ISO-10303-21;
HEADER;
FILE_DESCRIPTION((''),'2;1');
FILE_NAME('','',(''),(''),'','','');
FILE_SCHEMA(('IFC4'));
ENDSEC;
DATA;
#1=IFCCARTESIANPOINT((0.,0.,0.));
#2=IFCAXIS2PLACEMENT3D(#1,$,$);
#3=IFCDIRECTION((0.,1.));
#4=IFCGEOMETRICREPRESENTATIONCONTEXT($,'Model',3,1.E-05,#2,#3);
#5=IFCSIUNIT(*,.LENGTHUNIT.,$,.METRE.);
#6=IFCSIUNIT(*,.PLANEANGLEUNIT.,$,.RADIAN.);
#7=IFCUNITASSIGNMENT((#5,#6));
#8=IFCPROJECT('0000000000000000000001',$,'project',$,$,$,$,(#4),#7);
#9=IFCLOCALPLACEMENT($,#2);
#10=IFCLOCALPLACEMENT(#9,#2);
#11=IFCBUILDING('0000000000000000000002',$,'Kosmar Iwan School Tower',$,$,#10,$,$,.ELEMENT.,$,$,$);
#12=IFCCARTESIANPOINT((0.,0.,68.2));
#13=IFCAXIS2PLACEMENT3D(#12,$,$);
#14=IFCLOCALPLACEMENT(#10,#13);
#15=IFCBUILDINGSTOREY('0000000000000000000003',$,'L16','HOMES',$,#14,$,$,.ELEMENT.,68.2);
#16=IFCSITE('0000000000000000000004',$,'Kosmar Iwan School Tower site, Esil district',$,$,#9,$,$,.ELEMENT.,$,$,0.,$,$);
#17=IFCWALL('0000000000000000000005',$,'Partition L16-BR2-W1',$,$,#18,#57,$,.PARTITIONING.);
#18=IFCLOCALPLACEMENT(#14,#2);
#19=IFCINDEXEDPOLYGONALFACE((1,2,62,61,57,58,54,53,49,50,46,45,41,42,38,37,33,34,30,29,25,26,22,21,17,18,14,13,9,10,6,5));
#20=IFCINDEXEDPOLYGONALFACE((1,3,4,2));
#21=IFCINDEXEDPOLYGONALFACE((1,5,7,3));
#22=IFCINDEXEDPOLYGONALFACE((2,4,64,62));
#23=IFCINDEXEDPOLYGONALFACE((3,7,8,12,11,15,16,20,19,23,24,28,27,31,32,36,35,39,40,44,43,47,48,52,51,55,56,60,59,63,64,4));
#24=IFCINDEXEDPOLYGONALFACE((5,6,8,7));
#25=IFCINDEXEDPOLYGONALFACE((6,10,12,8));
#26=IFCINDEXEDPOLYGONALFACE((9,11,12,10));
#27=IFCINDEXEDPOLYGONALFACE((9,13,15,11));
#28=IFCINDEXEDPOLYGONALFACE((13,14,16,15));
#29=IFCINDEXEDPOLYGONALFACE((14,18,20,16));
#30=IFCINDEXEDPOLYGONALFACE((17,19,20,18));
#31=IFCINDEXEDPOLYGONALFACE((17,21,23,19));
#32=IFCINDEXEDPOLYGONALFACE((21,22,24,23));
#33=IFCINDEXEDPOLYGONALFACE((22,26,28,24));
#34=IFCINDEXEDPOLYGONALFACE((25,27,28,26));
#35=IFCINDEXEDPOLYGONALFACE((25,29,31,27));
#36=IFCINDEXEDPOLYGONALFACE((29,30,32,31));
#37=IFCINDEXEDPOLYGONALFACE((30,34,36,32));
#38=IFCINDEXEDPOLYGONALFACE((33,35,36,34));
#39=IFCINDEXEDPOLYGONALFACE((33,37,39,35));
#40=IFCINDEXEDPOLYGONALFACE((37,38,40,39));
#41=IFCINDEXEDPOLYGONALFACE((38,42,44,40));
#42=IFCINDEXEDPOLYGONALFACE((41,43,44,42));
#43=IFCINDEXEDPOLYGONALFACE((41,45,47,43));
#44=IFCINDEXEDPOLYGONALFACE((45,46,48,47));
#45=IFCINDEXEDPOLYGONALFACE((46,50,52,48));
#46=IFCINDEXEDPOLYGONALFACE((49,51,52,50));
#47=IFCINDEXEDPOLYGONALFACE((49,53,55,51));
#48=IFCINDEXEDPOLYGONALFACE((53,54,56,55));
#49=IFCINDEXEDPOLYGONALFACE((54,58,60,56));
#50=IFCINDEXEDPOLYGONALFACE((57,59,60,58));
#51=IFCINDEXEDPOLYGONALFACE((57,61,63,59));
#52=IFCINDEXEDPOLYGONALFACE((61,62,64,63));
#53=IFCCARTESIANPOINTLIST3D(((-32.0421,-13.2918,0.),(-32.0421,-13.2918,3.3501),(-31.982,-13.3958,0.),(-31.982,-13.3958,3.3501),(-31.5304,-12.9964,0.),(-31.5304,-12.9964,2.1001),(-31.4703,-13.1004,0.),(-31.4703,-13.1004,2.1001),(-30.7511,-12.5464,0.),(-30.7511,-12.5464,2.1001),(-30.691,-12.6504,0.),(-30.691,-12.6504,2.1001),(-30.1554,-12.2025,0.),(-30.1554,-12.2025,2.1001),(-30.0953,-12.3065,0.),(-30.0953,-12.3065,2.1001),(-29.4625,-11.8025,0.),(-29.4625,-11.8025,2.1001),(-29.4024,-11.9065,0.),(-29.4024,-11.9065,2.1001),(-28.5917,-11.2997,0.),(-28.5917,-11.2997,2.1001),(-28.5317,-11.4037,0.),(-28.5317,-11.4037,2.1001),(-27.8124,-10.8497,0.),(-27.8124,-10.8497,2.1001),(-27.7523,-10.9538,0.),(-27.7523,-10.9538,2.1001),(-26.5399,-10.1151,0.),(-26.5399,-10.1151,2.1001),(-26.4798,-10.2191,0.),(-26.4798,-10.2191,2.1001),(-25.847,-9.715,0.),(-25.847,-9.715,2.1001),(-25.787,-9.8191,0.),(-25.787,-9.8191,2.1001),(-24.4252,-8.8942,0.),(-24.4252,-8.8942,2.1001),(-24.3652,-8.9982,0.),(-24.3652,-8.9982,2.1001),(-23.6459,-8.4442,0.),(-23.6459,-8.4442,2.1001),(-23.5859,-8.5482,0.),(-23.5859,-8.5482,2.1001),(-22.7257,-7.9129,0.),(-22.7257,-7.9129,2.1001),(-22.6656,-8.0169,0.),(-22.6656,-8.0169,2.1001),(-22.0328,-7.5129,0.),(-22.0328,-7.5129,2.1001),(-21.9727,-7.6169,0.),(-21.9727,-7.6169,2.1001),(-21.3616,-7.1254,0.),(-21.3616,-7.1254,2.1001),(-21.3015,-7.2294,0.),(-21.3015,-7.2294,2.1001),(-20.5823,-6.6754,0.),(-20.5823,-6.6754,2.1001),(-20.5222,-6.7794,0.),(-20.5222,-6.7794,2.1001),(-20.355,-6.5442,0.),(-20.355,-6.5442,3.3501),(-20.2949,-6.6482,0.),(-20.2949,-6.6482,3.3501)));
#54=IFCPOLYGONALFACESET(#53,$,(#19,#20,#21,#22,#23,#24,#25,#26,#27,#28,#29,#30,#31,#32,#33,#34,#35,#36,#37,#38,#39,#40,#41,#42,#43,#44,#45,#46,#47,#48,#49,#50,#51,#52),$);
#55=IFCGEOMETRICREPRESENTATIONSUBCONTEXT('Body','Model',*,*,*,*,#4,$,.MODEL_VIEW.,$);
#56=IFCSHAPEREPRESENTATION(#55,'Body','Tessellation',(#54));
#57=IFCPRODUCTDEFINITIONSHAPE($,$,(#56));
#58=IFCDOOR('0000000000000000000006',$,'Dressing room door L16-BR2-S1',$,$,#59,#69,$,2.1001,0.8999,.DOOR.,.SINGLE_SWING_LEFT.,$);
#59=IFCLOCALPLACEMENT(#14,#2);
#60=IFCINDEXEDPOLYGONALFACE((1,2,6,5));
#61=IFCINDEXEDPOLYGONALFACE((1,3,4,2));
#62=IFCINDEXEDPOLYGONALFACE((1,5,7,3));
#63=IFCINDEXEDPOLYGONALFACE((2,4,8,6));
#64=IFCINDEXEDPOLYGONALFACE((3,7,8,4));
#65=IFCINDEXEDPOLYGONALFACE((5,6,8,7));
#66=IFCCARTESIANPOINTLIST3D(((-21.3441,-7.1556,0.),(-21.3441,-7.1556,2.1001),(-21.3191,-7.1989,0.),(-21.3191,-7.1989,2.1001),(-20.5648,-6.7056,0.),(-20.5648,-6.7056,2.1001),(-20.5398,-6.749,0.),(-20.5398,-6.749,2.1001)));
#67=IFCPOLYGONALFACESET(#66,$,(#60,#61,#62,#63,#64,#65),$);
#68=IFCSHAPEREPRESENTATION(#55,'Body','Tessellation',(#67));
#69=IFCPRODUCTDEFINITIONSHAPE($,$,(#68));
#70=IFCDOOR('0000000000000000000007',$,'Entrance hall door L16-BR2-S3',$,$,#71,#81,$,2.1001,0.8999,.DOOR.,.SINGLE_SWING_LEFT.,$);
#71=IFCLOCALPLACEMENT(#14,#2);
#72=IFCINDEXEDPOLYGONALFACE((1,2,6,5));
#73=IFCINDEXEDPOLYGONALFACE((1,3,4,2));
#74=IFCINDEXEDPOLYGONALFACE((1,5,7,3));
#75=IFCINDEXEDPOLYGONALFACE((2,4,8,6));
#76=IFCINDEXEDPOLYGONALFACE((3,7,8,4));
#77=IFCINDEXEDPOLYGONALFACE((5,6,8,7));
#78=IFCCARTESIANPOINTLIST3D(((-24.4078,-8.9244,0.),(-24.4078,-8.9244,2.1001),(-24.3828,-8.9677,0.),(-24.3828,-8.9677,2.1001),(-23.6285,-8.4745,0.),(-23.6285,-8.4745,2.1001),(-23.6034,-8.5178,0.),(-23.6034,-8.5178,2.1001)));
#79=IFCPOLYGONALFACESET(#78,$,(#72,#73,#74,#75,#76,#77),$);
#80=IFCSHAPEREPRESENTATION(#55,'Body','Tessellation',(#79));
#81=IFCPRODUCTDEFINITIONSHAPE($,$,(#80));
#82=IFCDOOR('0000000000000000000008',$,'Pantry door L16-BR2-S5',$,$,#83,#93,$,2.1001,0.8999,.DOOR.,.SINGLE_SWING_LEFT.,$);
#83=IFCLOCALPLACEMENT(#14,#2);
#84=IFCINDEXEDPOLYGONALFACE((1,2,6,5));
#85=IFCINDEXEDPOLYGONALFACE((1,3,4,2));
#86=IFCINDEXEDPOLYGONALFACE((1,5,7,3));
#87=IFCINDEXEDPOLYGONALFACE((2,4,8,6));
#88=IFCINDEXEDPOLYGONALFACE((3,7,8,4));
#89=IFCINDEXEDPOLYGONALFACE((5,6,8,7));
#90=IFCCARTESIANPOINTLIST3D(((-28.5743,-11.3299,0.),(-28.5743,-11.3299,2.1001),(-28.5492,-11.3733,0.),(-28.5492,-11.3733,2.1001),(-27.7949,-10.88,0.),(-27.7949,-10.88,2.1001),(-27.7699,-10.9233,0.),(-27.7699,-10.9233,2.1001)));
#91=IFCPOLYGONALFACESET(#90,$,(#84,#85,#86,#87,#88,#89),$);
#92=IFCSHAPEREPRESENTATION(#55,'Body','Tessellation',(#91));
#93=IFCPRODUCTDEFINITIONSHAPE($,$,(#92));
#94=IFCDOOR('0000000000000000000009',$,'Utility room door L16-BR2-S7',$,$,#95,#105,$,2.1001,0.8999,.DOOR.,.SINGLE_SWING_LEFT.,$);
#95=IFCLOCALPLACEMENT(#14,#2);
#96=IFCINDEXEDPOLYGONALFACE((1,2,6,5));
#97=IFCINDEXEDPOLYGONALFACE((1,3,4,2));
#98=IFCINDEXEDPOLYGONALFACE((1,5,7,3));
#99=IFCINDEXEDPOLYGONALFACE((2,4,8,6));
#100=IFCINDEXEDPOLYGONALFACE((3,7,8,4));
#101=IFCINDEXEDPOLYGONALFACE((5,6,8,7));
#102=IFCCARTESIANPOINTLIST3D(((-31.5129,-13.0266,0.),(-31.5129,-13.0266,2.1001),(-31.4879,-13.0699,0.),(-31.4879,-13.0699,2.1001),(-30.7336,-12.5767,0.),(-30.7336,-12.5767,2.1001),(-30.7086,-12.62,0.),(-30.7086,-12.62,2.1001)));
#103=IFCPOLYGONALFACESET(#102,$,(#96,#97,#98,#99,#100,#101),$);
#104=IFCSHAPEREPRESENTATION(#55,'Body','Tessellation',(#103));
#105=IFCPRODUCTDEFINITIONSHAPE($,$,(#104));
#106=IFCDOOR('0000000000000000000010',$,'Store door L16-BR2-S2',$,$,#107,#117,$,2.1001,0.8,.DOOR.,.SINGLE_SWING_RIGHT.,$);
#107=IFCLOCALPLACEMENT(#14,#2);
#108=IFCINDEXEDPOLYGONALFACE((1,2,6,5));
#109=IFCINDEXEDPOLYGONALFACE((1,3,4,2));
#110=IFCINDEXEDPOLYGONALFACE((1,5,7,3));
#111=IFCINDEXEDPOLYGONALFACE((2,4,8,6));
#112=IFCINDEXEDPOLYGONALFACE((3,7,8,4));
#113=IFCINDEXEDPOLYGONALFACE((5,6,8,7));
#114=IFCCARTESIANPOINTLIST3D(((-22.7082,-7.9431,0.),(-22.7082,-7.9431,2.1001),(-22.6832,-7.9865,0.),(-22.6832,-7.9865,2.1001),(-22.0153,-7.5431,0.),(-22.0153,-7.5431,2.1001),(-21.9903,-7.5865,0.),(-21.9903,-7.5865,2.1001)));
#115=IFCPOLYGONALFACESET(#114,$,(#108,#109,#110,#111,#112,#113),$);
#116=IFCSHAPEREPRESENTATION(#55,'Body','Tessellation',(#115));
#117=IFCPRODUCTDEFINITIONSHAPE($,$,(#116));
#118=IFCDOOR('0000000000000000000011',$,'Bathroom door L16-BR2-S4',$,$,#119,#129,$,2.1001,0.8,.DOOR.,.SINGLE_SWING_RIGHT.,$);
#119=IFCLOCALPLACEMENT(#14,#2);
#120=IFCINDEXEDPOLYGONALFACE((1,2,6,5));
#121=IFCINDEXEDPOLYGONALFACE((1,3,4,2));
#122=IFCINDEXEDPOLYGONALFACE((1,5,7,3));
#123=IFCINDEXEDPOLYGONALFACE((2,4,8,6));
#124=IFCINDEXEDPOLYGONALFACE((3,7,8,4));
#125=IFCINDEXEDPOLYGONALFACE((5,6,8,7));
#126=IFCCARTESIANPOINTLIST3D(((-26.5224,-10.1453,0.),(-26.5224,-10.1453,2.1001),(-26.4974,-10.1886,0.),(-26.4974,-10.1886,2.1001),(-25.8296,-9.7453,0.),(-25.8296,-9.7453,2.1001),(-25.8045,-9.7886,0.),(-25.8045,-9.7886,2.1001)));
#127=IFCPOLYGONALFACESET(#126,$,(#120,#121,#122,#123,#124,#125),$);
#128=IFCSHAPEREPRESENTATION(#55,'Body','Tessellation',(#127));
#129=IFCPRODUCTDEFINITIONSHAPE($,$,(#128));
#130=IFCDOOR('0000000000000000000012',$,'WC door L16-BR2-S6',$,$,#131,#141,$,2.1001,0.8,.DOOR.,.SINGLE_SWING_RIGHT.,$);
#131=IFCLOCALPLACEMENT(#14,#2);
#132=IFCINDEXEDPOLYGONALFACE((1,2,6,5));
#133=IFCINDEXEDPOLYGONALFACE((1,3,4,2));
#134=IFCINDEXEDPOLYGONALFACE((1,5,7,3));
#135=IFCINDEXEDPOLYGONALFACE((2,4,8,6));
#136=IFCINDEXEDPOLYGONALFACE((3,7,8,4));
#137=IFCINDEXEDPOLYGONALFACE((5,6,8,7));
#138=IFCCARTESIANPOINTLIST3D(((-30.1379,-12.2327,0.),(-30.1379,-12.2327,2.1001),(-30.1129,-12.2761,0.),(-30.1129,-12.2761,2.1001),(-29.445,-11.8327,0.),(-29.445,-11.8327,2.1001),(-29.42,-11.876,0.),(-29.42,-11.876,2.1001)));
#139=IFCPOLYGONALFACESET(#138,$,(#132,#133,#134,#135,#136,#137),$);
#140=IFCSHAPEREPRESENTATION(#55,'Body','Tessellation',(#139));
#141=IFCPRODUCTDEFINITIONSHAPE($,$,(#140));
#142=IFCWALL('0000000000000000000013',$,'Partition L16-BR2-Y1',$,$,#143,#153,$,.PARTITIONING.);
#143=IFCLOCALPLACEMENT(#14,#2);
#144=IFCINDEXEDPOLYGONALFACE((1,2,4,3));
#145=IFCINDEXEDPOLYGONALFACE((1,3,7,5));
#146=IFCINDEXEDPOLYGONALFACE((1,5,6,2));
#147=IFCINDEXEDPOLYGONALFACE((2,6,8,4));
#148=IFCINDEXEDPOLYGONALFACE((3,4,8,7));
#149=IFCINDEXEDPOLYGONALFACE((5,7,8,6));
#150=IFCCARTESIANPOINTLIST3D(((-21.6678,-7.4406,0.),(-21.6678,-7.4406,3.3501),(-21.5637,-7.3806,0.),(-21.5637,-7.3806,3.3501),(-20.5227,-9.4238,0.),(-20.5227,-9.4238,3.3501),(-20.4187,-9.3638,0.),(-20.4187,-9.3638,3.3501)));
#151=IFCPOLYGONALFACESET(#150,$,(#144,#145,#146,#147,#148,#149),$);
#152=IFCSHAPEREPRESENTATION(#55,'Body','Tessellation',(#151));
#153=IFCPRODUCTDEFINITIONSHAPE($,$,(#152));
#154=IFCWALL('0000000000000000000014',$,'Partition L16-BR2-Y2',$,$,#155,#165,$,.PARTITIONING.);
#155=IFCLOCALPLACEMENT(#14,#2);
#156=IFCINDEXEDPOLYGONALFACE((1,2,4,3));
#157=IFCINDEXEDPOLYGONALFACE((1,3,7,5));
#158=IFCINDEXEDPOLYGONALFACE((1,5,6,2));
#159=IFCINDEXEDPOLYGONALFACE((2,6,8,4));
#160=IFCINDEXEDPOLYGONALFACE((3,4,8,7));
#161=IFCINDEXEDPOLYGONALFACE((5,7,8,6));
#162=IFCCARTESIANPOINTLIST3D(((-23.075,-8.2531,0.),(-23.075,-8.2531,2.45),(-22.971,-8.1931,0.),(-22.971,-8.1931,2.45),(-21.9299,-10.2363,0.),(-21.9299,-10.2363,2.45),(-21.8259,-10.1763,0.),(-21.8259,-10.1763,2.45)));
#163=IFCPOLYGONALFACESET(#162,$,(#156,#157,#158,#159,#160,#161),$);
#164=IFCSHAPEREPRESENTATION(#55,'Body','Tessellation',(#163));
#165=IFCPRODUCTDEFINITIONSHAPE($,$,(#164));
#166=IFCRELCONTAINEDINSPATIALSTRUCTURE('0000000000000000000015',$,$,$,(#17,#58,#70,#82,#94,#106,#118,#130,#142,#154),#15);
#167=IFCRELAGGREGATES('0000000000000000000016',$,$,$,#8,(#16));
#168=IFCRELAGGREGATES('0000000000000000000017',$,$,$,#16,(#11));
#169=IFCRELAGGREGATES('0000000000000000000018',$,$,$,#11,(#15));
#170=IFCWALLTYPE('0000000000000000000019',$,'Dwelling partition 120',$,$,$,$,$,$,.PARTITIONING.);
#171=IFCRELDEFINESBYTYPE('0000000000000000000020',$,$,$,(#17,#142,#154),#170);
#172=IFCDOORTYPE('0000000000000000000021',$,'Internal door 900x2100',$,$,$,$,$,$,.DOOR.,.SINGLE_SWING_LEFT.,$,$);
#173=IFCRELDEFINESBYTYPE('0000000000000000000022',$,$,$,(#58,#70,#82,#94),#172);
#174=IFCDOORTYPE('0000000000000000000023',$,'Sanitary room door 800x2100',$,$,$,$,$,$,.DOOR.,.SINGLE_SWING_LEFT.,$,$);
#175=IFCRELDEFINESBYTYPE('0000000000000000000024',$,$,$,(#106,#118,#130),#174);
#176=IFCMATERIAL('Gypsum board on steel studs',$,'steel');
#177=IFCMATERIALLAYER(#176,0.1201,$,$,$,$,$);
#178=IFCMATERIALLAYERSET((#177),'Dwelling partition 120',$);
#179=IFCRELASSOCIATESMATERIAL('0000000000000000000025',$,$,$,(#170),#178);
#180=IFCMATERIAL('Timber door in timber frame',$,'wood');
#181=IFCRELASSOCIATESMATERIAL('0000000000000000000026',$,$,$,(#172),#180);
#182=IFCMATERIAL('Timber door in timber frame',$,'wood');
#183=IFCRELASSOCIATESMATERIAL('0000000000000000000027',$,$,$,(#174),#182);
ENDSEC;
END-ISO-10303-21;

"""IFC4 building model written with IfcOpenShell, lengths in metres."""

from ifc_helpers import new_model, si_unit, direction, frame, frame_2d, origin, place, context, subcontext, project, spatial, rectangle, extrude, material, layer, layer_set, type_object, element, fill, save


model = new_model("IFC4")

# Units and contexts
model_context = context("Model", 3, precision=1e-05, world=origin(), true_north=direction((0.0, 1.0)))
body_context = subcontext(model_context, "Body", "Model", "MODEL_VIEW")
ifc_project = project(units=[si_unit("LENGTHUNIT", "METRE"), si_unit("PLANEANGLEUNIT", "RADIAN")], contexts=[model_context])

# Site, building, storey
site_placement = place(None, origin())
site = spatial("IfcSite", under=ifc_project, at=site_placement, Name="Kosmar Iwan School Tower site, Esil district", CompositionType="ELEMENT", RefElevation=0.0)
building_placement = place(site_placement, origin())
building = spatial("IfcBuilding", under=site, at=building_placement, Name="Kosmar Iwan School Tower", CompositionType="ELEMENT")
storey_placement = place(building_placement, frame((0.0, 0.0, 68.2)))
storey = spatial("IfcBuildingStorey", under=building, at=storey_placement, Name="L16", Description="HOMES", CompositionType="ELEMENT", Elevation=68.2)

# Shared definitions
ifc_material_1 = material(Name="Gypsum board on steel studs", Category="steel")
ifc_layer_1 = layer(ifc_material_1, 0.1201)
ifc_layer_set_1 = layer_set([ifc_layer_1], Name="Dwelling partition 120")
wall_type_1 = type_object("IfcWallType", Name="Dwelling partition 120", PredefinedType="PARTITIONING", material=ifc_layer_set_1)

# Wall, openings, doors
wall_1_placement = place(storey_placement, frame((-20.325, -6.5962, 0.0), z_axis=(0.0, 0.0, 1.0), x_axis=(-0.866024, -0.500003, 0.0)))
wall_1 = element("IfcWall", 1, at=wall_1_placement, inside=storey, type_object=wall_type_1, Name="Partition L16-BR2-W1", PredefinedType="PARTITIONING", context=body_context, shape_type="SweptSolid", body=[
    extrude(rectangle(XDim=13.4951, YDim=0.1201, at=frame_2d((6.7476, 0.0))), origin(), (0.0, 0.0, 1.0), 3.3501),
])
opening_1_placement = place(wall_1_placement, frame((0.2625, 0.0, 0.0)))
opening_1 = element("IfcOpeningElement", 2, at=opening_1_placement, cuts=wall_1, PredefinedType="OPENING", context=body_context, shape_type="SweptSolid", body=[
    extrude(rectangle(XDim=0.8999, YDim=2.1001, at=frame_2d((0.45, 1.05))), frame((0.0, 0.072, 0.0), z_axis=(0.0, -1.0, 0.0), x_axis=(1.0, 0.0, 0.0)), (0.0, 0.0, 1.0), 0.144),
])
opening_2_placement = place(wall_1_placement, frame((1.9375, 0.0, 0.0)))
opening_2 = element("IfcOpeningElement", 3, at=opening_2_placement, cuts=wall_1, PredefinedType="OPENING", context=body_context, shape_type="SweptSolid", body=[
    extrude(rectangle(XDim=0.8, YDim=2.1001, at=frame_2d((0.3999, 1.05))), frame((0.0, 0.072, 0.0), z_axis=(0.0, -1.0, 0.0), x_axis=(1.0, 0.0, 0.0)), (0.0, 0.0, 1.0), 0.144),
])
opening_3_placement = place(wall_1_placement, frame((3.8, 0.0, 0.0)))
opening_3 = element("IfcOpeningElement", 4, at=opening_3_placement, cuts=wall_1, PredefinedType="OPENING", context=body_context, shape_type="SweptSolid", body=[
    extrude(rectangle(XDim=0.8999, YDim=2.1001, at=frame_2d((0.45, 1.05))), frame((0.0, 0.072, 0.0), z_axis=(0.0, -1.0, 0.0), x_axis=(1.0, 0.0, 0.0)), (0.0, 0.0, 1.0), 0.144),
])
opening_4_placement = place(wall_1_placement, frame((6.3418, 0.0, 0.0)))
opening_4 = element("IfcOpeningElement", 5, at=opening_4_placement, cuts=wall_1, PredefinedType="OPENING", context=body_context, shape_type="SweptSolid", body=[
    extrude(rectangle(XDim=0.8, YDim=2.1001, at=frame_2d((0.3999, 1.05))), frame((0.0, 0.072, 0.0), z_axis=(0.0, -1.0, 0.0), x_axis=(1.0, 0.0, 0.0)), (0.0, 0.0, 1.0), 0.144),
])
opening_5_placement = place(wall_1_placement, frame((8.6111, 0.0, 0.0)))
opening_5 = element("IfcOpeningElement", 6, at=opening_5_placement, cuts=wall_1, PredefinedType="OPENING", context=body_context, shape_type="SweptSolid", body=[
    extrude(rectangle(XDim=0.8999, YDim=2.1001, at=frame_2d((0.45, 1.05))), frame((0.0, 0.072, 0.0), z_axis=(0.0, -1.0, 0.0), x_axis=(1.0, 0.0, 0.0)), (0.0, 0.0, 1.0), 0.144),
])
opening_6_placement = place(wall_1_placement, frame((10.5166, 0.0, 0.0)))
opening_6 = element("IfcOpeningElement", 7, at=opening_6_placement, cuts=wall_1, PredefinedType="OPENING", context=body_context, shape_type="SweptSolid", body=[
    extrude(rectangle(XDim=0.8, YDim=2.1001, at=frame_2d((0.3999, 1.05))), frame((0.0, 0.072, 0.0), z_axis=(0.0, -1.0, 0.0), x_axis=(1.0, 0.0, 0.0)), (0.0, 0.0, 1.0), 0.144),
])
opening_7_placement = place(wall_1_placement, frame((12.0044, 0.0, 0.0)))
opening_7 = element("IfcOpeningElement", 8, at=opening_7_placement, cuts=wall_1, PredefinedType="OPENING", context=body_context, shape_type="SweptSolid", body=[
    extrude(rectangle(XDim=0.8999, YDim=2.1001, at=frame_2d((0.45, 1.05))), frame((0.0, 0.072, 0.0), z_axis=(0.0, -1.0, 0.0), x_axis=(1.0, 0.0, 0.0)), (0.0, 0.0, 1.0), 0.144),
])
ifc_material_2 = material(Name="Timber door in timber frame", Category="wood")
door_type_1 = type_object("IfcDoorType", Name="Internal door 900x2100", OperationType="SINGLE_SWING_LEFT", PredefinedType="DOOR", material=ifc_material_2)
door_1_placement = place(opening_1_placement, origin())
door_1 = element("IfcDoor", 9, at=door_1_placement, inside=storey, type_object=door_type_1, Name="Dressing room door L16-BR2-S1", OperationType="SINGLE_SWING_LEFT", OverallHeight=2.1001, OverallWidth=0.8999, PredefinedType="DOOR", context=body_context, shape_type="SweptSolid", body=[
    extrude(rectangle(XDim=0.8999, YDim=2.1001, at=frame_2d((0.45, 1.05))), frame((0.0, 0.0249, 0.0), z_axis=(0.0, -1.0, 0.0), x_axis=(1.0, 0.0, 0.0)), (0.0, 0.0, 1.0), 0.05),
])
fill(opening_1, door_1)
door_2_placement = place(opening_3_placement, origin())
door_2 = element("IfcDoor", 10, at=door_2_placement, inside=storey, type_object=door_type_1, Name="Entrance hall door L16-BR2-S3", OperationType="SINGLE_SWING_LEFT", OverallHeight=2.1001, OverallWidth=0.8999, PredefinedType="DOOR", context=body_context, shape_type="SweptSolid", body=[
    extrude(rectangle(XDim=0.8999, YDim=2.1001, at=frame_2d((0.45, 1.05))), frame((0.0, 0.0249, 0.0), z_axis=(0.0, -1.0, 0.0), x_axis=(1.0, 0.0, 0.0)), (0.0, 0.0, 1.0), 0.05),
])
fill(opening_3, door_2)
door_3_placement = place(opening_5_placement, origin())
door_3 = element("IfcDoor", 11, at=door_3_placement, inside=storey, type_object=door_type_1, Name="Pantry door L16-BR2-S5", OperationType="SINGLE_SWING_LEFT", OverallHeight=2.1001, OverallWidth=0.8999, PredefinedType="DOOR", context=body_context, shape_type="SweptSolid", body=[
    extrude(rectangle(XDim=0.8999, YDim=2.1001, at=frame_2d((0.45, 1.05))), frame((0.0, 0.0249, 0.0), z_axis=(0.0, -1.0, 0.0), x_axis=(1.0, 0.0, 0.0)), (0.0, 0.0, 1.0), 0.05),
])
fill(opening_5, door_3)
door_4_placement = place(opening_7_placement, origin())
door_4 = element("IfcDoor", 12, at=door_4_placement, inside=storey, type_object=door_type_1, Name="Utility room door L16-BR2-S7", OperationType="SINGLE_SWING_LEFT", OverallHeight=2.1001, OverallWidth=0.8999, PredefinedType="DOOR", context=body_context, shape_type="SweptSolid", body=[
    extrude(rectangle(XDim=0.8999, YDim=2.1001, at=frame_2d((0.45, 1.05))), frame((0.0, 0.0249, 0.0), z_axis=(0.0, -1.0, 0.0), x_axis=(1.0, 0.0, 0.0)), (0.0, 0.0, 1.0), 0.05),
])
fill(opening_7, door_4)
ifc_material_3 = material(Name="Timber door in timber frame", Category="wood")
door_type_2 = type_object("IfcDoorType", Name="Sanitary room door 800x2100", OperationType="SINGLE_SWING_LEFT", PredefinedType="DOOR", material=ifc_material_3)
door_5_placement = place(opening_2_placement, origin())
door_5 = element("IfcDoor", 13, at=door_5_placement, inside=storey, type_object=door_type_2, Name="Store door L16-BR2-S2", OperationType="SINGLE_SWING_RIGHT", OverallHeight=2.1001, OverallWidth=0.8, PredefinedType="DOOR", context=body_context, shape_type="SweptSolid", body=[
    extrude(rectangle(XDim=0.8, YDim=2.1001, at=frame_2d((0.3999, 1.05))), frame((0.0, 0.0249, 0.0), z_axis=(0.0, -1.0, 0.0), x_axis=(1.0, 0.0, 0.0)), (0.0, 0.0, 1.0), 0.05),
])
fill(opening_2, door_5)
door_6_placement = place(opening_4_placement, origin())
door_6 = element("IfcDoor", 14, at=door_6_placement, inside=storey, type_object=door_type_2, Name="Bathroom door L16-BR2-S4", OperationType="SINGLE_SWING_RIGHT", OverallHeight=2.1001, OverallWidth=0.8, PredefinedType="DOOR", context=body_context, shape_type="SweptSolid", body=[
    extrude(rectangle(XDim=0.8, YDim=2.1001, at=frame_2d((0.3999, 1.05))), frame((0.0, 0.0249, 0.0), z_axis=(0.0, -1.0, 0.0), x_axis=(1.0, 0.0, 0.0)), (0.0, 0.0, 1.0), 0.05),
])
fill(opening_4, door_6)
door_7_placement = place(opening_6_placement, origin())
door_7 = element("IfcDoor", 15, at=door_7_placement, inside=storey, type_object=door_type_2, Name="WC door L16-BR2-S6", OperationType="SINGLE_SWING_RIGHT", OverallHeight=2.1001, OverallWidth=0.8, PredefinedType="DOOR", context=body_context, shape_type="SweptSolid", body=[
    extrude(rectangle(XDim=0.8, YDim=2.1001, at=frame_2d((0.3999, 1.05))), frame((0.0, 0.0249, 0.0), z_axis=(0.0, -1.0, 0.0), x_axis=(1.0, 0.0, 0.0)), (0.0, 0.0, 1.0), 0.05),
])
fill(opening_6, door_7)

# Walls
wall_2_placement = place(storey_placement, frame((-20.4707, -9.3938, 0.0), z_axis=(0.0, 0.0, 1.0), x_axis=(-0.500015, 0.866017, 0.0)))
element("IfcWall", 16, at=wall_2_placement, inside=storey, type_object=wall_type_1, Name="Partition L16-BR2-Y1", PredefinedType="PARTITIONING", context=body_context, shape_type="SweptSolid", body=[
    extrude(rectangle(XDim=2.29, YDim=0.1201, at=frame_2d((1.145, 0.0))), origin(), (0.0, 0.0, 1.0), 3.3501),
])
wall_3_placement = place(storey_placement, frame((-21.8779, -10.2063, 0.0), z_axis=(0.0, 0.0, 1.0), x_axis=(-0.500015, 0.866017, 0.0)))
element("IfcWall", 17, at=wall_3_placement, inside=storey, type_object=wall_type_1, Name="Partition L16-BR2-Y2", PredefinedType="PARTITIONING", context=body_context, shape_type="SweptSolid", body=[
    extrude(rectangle(XDim=2.29, YDim=0.1201, at=frame_2d((1.145, 0.0))), origin(), (0.0, 0.0, 1.0), 2.45),
])

save(model, "model.ifc")
